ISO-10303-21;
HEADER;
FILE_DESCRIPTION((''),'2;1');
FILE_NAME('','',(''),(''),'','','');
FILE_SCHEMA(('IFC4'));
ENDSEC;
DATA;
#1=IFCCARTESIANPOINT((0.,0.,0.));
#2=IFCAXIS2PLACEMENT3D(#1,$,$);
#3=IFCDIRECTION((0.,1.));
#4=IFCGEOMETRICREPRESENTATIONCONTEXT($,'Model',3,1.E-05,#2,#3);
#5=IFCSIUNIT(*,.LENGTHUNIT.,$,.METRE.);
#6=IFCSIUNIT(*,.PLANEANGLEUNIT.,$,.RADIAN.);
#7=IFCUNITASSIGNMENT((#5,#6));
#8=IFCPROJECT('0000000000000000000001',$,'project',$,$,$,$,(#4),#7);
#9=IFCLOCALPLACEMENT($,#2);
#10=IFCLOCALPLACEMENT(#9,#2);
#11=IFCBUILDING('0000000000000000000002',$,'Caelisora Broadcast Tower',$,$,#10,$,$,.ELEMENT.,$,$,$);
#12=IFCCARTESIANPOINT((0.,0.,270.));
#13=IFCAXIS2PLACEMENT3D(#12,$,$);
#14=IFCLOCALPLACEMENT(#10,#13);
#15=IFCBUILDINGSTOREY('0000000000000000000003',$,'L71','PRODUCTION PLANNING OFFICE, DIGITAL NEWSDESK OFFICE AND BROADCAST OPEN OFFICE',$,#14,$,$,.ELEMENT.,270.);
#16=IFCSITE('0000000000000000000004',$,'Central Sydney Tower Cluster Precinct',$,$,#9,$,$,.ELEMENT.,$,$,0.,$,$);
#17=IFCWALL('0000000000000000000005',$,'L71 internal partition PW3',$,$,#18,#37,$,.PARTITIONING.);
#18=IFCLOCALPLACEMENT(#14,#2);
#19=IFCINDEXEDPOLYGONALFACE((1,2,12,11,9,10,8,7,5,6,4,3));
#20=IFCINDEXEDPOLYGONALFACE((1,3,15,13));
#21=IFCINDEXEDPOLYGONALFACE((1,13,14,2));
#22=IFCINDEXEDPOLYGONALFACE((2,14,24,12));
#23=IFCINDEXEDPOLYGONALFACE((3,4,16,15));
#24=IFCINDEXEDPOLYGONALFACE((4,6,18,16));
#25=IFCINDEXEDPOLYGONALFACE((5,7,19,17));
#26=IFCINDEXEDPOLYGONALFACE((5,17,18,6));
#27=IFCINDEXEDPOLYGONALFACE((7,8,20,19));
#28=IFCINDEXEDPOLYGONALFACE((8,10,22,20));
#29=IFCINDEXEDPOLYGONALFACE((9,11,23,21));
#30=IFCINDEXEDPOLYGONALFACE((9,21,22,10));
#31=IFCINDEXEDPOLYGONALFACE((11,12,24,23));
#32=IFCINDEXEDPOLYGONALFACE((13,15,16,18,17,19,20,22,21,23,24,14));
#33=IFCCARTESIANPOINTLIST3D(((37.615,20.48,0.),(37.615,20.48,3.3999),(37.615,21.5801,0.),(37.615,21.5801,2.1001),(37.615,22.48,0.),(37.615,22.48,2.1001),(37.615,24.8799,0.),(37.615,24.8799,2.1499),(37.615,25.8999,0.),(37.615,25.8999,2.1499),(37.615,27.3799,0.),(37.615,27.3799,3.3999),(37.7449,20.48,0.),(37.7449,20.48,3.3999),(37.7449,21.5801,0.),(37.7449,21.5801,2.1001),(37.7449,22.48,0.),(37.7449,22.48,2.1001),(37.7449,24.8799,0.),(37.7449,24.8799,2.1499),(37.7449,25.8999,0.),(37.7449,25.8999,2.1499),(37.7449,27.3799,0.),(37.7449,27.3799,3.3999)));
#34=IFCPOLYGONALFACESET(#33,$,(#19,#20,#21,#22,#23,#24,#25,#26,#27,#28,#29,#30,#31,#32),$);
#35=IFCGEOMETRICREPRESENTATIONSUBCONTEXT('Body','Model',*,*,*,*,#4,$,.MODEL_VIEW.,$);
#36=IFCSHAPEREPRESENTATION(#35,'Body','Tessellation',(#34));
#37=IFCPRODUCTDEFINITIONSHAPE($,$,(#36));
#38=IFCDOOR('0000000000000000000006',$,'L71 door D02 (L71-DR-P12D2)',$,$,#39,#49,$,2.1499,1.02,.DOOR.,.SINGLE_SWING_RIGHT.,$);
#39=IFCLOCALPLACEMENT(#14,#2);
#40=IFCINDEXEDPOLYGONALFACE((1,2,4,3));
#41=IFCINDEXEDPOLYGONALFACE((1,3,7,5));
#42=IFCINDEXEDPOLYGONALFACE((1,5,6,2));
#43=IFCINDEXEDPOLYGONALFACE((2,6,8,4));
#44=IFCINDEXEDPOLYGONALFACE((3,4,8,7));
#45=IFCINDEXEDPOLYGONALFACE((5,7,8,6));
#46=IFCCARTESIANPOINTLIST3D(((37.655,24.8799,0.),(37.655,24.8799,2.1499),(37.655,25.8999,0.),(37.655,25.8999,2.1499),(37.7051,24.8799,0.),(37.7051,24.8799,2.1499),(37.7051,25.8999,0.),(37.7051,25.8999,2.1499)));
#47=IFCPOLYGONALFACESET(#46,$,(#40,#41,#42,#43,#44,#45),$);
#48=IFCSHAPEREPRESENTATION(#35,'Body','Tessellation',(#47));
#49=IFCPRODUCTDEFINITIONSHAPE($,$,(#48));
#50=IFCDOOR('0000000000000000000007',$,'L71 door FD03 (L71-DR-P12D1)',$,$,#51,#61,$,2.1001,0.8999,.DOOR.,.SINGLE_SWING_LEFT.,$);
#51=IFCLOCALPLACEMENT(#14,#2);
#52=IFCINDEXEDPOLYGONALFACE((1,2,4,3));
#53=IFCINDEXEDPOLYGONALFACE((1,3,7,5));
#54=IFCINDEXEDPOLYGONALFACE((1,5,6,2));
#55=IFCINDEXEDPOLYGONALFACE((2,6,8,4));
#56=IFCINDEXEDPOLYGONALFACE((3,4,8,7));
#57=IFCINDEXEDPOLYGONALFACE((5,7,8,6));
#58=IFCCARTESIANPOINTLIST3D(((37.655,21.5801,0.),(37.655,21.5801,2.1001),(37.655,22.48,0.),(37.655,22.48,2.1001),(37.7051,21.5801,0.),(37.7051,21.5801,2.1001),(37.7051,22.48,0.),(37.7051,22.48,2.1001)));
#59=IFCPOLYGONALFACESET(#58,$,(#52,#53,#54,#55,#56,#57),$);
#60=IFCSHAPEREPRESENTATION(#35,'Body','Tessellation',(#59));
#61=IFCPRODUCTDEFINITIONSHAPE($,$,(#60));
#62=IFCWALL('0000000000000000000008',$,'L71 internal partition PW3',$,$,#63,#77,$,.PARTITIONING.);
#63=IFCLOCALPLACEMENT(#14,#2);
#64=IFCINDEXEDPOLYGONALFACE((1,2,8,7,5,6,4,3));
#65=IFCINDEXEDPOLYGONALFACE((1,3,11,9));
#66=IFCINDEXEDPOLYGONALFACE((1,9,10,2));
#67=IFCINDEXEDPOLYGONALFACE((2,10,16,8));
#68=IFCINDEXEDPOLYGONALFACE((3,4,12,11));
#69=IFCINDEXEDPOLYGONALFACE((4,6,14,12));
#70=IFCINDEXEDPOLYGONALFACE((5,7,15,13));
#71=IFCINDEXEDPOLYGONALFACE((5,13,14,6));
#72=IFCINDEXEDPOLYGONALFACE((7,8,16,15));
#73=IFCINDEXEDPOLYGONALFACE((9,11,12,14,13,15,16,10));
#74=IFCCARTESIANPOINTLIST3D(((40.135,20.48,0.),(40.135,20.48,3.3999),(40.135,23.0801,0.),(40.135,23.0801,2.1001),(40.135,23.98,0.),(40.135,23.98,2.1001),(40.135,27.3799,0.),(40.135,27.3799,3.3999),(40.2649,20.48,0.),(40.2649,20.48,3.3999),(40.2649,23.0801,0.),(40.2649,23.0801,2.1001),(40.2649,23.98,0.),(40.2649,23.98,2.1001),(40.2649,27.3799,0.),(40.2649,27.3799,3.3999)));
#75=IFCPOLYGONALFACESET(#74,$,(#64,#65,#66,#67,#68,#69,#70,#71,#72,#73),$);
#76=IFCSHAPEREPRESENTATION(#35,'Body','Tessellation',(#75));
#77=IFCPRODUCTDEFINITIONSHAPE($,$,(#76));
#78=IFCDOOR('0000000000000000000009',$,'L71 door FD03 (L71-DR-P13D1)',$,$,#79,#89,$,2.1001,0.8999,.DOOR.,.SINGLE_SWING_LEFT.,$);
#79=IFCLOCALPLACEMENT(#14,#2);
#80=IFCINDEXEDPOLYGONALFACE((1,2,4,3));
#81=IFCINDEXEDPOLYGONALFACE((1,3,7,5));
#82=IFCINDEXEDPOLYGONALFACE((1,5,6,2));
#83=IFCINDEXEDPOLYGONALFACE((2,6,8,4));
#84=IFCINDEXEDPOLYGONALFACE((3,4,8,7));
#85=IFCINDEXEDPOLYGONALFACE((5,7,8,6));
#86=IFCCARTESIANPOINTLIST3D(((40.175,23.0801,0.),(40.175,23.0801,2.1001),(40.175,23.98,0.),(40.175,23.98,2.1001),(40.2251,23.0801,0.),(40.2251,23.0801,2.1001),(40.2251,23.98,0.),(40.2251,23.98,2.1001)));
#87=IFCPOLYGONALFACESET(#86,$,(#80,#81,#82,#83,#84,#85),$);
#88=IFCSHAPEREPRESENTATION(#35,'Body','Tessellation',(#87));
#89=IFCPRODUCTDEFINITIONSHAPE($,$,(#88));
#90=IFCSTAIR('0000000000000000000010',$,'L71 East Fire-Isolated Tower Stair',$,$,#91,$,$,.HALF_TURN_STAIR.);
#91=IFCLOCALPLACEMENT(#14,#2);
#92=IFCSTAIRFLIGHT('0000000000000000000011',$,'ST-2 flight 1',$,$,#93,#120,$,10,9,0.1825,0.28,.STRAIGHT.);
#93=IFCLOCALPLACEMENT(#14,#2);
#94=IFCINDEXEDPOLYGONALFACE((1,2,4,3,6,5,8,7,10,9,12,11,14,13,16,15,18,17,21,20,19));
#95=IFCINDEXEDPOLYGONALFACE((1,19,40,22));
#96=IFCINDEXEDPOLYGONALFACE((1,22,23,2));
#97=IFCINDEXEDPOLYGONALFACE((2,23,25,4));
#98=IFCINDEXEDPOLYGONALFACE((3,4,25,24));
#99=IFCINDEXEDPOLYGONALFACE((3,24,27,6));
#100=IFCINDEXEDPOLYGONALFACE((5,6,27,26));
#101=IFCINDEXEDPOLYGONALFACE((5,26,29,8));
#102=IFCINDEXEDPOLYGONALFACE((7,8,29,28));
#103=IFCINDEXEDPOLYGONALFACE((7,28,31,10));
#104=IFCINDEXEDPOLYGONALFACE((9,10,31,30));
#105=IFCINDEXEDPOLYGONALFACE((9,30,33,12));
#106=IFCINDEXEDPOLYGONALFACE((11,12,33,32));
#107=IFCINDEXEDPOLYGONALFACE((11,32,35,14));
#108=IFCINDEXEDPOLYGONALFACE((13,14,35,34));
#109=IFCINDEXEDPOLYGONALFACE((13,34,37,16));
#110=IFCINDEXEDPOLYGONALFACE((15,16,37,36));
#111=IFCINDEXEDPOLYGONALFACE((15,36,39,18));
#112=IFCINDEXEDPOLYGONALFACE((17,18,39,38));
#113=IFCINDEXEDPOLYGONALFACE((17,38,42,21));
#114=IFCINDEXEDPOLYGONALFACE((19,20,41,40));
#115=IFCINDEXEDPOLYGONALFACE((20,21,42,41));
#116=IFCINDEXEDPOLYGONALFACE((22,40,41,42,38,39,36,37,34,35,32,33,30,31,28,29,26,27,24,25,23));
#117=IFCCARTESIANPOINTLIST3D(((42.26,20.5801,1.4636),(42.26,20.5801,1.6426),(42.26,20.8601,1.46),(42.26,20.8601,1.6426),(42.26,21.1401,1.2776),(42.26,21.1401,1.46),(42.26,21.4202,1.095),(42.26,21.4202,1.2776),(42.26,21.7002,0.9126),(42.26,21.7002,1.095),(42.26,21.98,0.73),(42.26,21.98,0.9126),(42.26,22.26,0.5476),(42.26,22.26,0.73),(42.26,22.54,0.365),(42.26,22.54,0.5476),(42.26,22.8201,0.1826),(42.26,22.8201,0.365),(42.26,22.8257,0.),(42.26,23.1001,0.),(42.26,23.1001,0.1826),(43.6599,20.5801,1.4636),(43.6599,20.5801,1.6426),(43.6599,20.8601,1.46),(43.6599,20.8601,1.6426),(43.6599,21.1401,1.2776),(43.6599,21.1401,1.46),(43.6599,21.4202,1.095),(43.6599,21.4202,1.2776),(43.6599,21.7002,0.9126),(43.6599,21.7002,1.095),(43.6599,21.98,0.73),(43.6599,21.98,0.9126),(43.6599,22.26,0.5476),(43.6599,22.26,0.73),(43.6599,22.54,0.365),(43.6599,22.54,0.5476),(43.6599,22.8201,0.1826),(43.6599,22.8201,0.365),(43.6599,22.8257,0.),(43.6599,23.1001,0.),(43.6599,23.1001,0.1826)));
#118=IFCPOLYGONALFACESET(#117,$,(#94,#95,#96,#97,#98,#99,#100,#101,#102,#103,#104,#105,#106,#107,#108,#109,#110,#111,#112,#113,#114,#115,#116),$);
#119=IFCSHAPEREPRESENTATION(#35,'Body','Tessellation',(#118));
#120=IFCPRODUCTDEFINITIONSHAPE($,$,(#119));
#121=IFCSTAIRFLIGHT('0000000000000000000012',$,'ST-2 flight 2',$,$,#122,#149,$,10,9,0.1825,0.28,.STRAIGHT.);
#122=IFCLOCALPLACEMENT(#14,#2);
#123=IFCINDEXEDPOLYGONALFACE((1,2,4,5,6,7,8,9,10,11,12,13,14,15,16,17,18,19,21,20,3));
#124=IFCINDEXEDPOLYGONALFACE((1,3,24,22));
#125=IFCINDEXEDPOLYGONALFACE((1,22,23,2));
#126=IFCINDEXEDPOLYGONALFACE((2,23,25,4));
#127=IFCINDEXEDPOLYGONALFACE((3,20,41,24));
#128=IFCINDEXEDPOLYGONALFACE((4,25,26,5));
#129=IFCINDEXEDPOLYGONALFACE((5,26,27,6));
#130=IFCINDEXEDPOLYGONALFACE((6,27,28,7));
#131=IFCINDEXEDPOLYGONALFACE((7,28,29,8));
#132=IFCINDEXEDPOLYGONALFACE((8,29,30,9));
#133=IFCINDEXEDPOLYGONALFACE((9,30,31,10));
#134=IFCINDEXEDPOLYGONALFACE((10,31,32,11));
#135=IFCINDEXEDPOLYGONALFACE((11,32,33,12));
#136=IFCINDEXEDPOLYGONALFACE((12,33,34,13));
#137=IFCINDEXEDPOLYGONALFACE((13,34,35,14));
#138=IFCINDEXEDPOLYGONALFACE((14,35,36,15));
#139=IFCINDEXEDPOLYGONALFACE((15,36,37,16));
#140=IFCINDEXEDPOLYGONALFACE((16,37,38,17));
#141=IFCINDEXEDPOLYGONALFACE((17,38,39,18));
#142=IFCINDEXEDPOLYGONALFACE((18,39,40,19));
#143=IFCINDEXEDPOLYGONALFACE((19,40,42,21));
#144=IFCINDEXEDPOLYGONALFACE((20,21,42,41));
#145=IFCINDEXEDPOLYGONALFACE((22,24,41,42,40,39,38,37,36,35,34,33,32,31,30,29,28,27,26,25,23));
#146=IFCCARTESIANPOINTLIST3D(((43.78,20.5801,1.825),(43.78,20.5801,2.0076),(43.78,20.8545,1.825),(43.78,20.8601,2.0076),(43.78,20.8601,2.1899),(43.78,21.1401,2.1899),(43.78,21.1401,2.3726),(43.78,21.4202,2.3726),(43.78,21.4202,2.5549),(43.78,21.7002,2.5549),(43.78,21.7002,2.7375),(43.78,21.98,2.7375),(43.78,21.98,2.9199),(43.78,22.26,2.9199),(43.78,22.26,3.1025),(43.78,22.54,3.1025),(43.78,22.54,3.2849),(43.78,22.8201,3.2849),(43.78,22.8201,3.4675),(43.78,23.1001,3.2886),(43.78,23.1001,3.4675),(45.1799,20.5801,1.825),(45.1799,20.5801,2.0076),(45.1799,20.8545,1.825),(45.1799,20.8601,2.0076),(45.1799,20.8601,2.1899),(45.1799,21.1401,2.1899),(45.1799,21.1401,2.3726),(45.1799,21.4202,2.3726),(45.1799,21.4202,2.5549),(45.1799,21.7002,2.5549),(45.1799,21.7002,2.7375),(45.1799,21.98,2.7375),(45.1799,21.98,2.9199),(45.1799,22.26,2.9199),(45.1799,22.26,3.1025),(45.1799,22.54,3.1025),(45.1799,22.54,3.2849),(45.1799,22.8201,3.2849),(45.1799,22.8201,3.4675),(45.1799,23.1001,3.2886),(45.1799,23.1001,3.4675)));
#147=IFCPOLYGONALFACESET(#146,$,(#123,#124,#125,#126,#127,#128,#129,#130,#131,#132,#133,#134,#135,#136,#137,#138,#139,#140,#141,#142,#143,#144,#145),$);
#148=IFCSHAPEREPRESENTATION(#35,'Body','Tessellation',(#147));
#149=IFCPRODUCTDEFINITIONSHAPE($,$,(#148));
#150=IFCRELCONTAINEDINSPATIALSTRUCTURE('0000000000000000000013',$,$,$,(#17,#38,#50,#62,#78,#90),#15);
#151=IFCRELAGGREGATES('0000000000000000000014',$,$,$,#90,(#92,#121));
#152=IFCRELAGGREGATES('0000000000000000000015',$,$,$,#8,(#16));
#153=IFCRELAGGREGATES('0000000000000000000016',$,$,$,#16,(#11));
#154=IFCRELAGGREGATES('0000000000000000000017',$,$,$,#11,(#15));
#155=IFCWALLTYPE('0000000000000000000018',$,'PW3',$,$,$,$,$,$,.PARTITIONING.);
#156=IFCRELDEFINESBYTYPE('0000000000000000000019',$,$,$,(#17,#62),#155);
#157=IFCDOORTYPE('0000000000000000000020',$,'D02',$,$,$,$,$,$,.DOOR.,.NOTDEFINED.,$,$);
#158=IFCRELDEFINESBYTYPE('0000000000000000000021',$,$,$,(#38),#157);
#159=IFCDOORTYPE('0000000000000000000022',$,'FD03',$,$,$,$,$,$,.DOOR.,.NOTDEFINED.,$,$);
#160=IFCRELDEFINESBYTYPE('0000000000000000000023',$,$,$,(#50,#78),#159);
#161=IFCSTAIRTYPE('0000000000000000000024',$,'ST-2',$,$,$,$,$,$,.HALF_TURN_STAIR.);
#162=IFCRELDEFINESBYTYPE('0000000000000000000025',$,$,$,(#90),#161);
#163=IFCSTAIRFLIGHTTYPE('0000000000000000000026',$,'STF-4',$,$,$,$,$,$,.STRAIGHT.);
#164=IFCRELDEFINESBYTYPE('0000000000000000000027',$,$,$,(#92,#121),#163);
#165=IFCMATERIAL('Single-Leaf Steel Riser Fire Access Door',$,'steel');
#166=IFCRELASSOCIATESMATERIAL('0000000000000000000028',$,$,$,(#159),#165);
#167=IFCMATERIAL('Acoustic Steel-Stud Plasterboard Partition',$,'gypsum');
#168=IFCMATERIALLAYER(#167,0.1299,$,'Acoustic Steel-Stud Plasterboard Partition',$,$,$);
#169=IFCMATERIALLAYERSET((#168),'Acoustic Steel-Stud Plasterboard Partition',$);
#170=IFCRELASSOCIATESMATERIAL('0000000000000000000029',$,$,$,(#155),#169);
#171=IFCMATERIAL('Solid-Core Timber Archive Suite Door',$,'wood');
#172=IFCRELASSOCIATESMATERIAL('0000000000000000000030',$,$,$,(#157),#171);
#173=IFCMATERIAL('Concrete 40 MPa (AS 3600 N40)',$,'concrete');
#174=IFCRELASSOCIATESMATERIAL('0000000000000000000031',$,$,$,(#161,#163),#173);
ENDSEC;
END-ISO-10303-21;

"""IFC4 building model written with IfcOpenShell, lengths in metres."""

from ifc_helpers import new_model, si_unit, direction, frame, frame_2d, origin, place, context, subcontext, project, spatial, polyline, rectangle, outline, extrude, material, layer, layer_set, type_object, element, fill, aggregate, save


model = new_model("IFC4")

# Units and contexts
model_context = context("Model", 3, precision=1e-05, world=origin(), true_north=direction((0.0, 1.0)))
body_context = subcontext(model_context, "Body", "Model", "MODEL_VIEW")
ifc_project = project(units=[si_unit("LENGTHUNIT", "METRE"), si_unit("PLANEANGLEUNIT", "RADIAN")], contexts=[model_context])

# Site, building, storey
site_placement = place(None, origin())
site = spatial("IfcSite", under=ifc_project, at=site_placement, Name="Central Sydney Tower Cluster Precinct", CompositionType="ELEMENT", RefElevation=0.0)
building_placement = place(site_placement, origin())
building = spatial("IfcBuilding", under=site, at=building_placement, Name="Caelisora Broadcast Tower", CompositionType="ELEMENT")
storey_placement = place(building_placement, frame((0.0, 0.0, 270.0)))
storey = spatial("IfcBuildingStorey", under=building, at=storey_placement, Name="L71", Description="PRODUCTION PLANNING OFFICE, DIGITAL NEWSDESK OFFICE AND BROADCAST OPEN OFFICE", CompositionType="ELEMENT", Elevation=270.0)

# Shared definitions
ifc_material_1 = material(Name="Single-Leaf Steel Riser Fire Access Door", Category="steel")
door_type_1 = type_object("IfcDoorType", Name="FD03", OperationType="NOTDEFINED", PredefinedType="DOOR", material=ifc_material_1)

# Wall, openings, doors
ifc_material_2 = material(Name="Acoustic Steel-Stud Plasterboard Partition", Category="gypsum")
ifc_layer_1 = layer(ifc_material_2, 0.1299, Name="Acoustic Steel-Stud Plasterboard Partition")
ifc_layer_set_1 = layer_set([ifc_layer_1], Name="Acoustic Steel-Stud Plasterboard Partition")
wall_type_1 = type_object("IfcWallType", Name="PW3", PredefinedType="PARTITIONING", material=ifc_layer_set_1)
wall_1_placement = place(storey_placement, frame((37.6799, 20.48, 0.0), z_axis=(0.0, 0.0, 1.0), x_axis=(0.0, 1.0, 0.0)))
wall_1 = element("IfcWall", 1, at=wall_1_placement, inside=storey, type_object=wall_type_1, Name="L71 internal partition PW3", PredefinedType="PARTITIONING", context=body_context, shape_type="SweptSolid", body=[
    extrude(rectangle(XDim=6.8999, YDim=0.1299, at=frame_2d((3.45, 0.0))), origin(), (0.0, 0.0, 1.0), 3.3999),
])
opening_1_placement = place(wall_1_placement, frame((1.1001, 0.0, 0.0)))
opening_1 = element("IfcOpeningElement", 2, at=opening_1_placement, cuts=wall_1, PredefinedType="OPENING", context=body_context, shape_type="SweptSolid", body=[
    extrude(rectangle(XDim=0.8999, YDim=2.1001, at=frame_2d((0.45, 1.05))), frame((0.0, 0.0769, 0.0), z_axis=(0.0, -1.0, 0.0), x_axis=(1.0, 0.0, 0.0)), (0.0, 0.0, 1.0), 0.1538),
])
opening_2_placement = place(wall_1_placement, frame((4.3999, 0.0, 0.0)))
opening_2 = element("IfcOpeningElement", 3, at=opening_2_placement, cuts=wall_1, PredefinedType="OPENING", context=body_context, shape_type="SweptSolid", body=[
    extrude(rectangle(XDim=1.02, YDim=2.1499, at=frame_2d((0.51, 1.075))), frame((0.0, 0.0769, 0.0), z_axis=(0.0, -1.0, 0.0), x_axis=(1.0, 0.0, 0.0)), (0.0, 0.0, 1.0), 0.1538),
])
ifc_material_3 = material(Name="Solid-Core Timber Archive Suite Door", Category="wood")
door_type_2 = type_object("IfcDoorType", Name="D02", OperationType="NOTDEFINED", PredefinedType="DOOR", material=ifc_material_3)
door_1_placement = place(opening_2_placement, origin())
door_1 = element("IfcDoor", 4, at=door_1_placement, inside=storey, type_object=door_type_2, Name="L71 door D02 (L71-DR-P12D2)", OperationType="SINGLE_SWING_RIGHT", OverallHeight=2.1499, OverallWidth=1.02, PredefinedType="DOOR", context=body_context, shape_type="SweptSolid", body=[
    extrude(rectangle(XDim=1.02, YDim=2.1499, at=frame_2d((0.51, 1.075))), frame((0.0, 0.0249, 0.0), z_axis=(0.0, -1.0, 0.0), x_axis=(1.0, 0.0, 0.0)), (0.0, 0.0, 1.0), 0.05),
])
fill(opening_2, door_1)
door_2_placement = place(opening_1_placement, origin())
door_2 = element("IfcDoor", 5, at=door_2_placement, inside=storey, type_object=door_type_1, Name="L71 door FD03 (L71-DR-P12D1)", OperationType="SINGLE_SWING_LEFT", OverallHeight=2.1001, OverallWidth=0.8999, PredefinedType="DOOR", context=body_context, shape_type="SweptSolid", body=[
    extrude(rectangle(XDim=0.8999, YDim=2.1001, at=frame_2d((0.45, 1.05))), frame((0.0, 0.0249, 0.0), z_axis=(0.0, -1.0, 0.0), x_axis=(1.0, 0.0, 0.0)), (0.0, 0.0, 1.0), 0.05),
])
fill(opening_1, door_2)

# Wall, opening, door
wall_2_placement = place(storey_placement, frame((40.2, 20.48, 0.0), z_axis=(0.0, 0.0, 1.0), x_axis=(0.0, 1.0, 0.0)))
wall_2 = element("IfcWall", 6, at=wall_2_placement, inside=storey, type_object=wall_type_1, Name="L71 internal partition PW3", PredefinedType="PARTITIONING", context=body_context, shape_type="SweptSolid", body=[
    extrude(rectangle(XDim=6.8999, YDim=0.1299, at=frame_2d((3.45, 0.0))), origin(), (0.0, 0.0, 1.0), 3.3999),
])
opening_3_placement = place(wall_2_placement, frame((2.6001, 0.0, 0.0)))
opening_3 = element("IfcOpeningElement", 7, at=opening_3_placement, cuts=wall_2, PredefinedType="OPENING", context=body_context, shape_type="SweptSolid", body=[
    extrude(rectangle(XDim=0.8999, YDim=2.1001, at=frame_2d((0.45, 1.05))), frame((0.0, 0.0769, 0.0), z_axis=(0.0, -1.0, 0.0), x_axis=(1.0, 0.0, 0.0)), (0.0, 0.0, 1.0), 0.1538),
])
door_3_placement = place(opening_3_placement, origin())
door_3 = element("IfcDoor", 8, at=door_3_placement, inside=storey, type_object=door_type_1, Name="L71 door FD03 (L71-DR-P13D1)", OperationType="SINGLE_SWING_LEFT", OverallHeight=2.1001, OverallWidth=0.8999, PredefinedType="DOOR", context=body_context, shape_type="SweptSolid", body=[
    extrude(rectangle(XDim=0.8999, YDim=2.1001, at=frame_2d((0.45, 1.05))), frame((0.0, 0.0249, 0.0), z_axis=(0.0, -1.0, 0.0), x_axis=(1.0, 0.0, 0.0)), (0.0, 0.0, 1.0), 0.05),
])
fill(opening_3, door_3)

# Stair, stair flights
ifc_material_4 = material(Name="Concrete 40 MPa (AS 3600 N40)", Category="concrete")
stair_type = type_object("IfcStairType", Name="ST-2", PredefinedType="HALF_TURN_STAIR", material=ifc_material_4)
stair_placement = place(storey_placement, origin())
stair = element("IfcStair", 9, at=stair_placement, inside=storey, type_object=stair_type, Name="L71 East Fire-Isolated Tower Stair", PredefinedType="HALF_TURN_STAIR")
stair_flight_type = type_object("IfcStairFlightType", Name="STF-4", PredefinedType="STRAIGHT", material=ifc_material_4)
stair_flight_1_placement = place(storey_placement, frame((42.96, 23.1001, 0.0), z_axis=(0.0, 0.0, 1.0), x_axis=(0.0, -1.0, 0.0)))
stair_flight_1 = element("IfcStairFlight", 10, at=stair_flight_1_placement, type_object=stair_flight_type, Name="ST-2 flight 1", NumberOfRisers=10, NumberOfTreads=9, PredefinedType="STRAIGHT", RiserHeight=0.1825, TreadLength=0.28, context=body_context, shape_type="SweptSolid", body=[
    extrude(outline(polyline([(0.0, 0.0), (0.0, 0.1826), (0.28, 0.1826), (0.28, 0.365), (0.5601, 0.365), (0.5601, 0.5476), (0.8401, 0.5476), (0.8401, 0.73), (1.1201, 0.73), (1.1201, 0.9126), (1.3999, 0.9126), (1.3999, 1.095), (1.6799, 1.095), (1.6799, 1.2776), (1.96, 1.2776), (1.96, 1.46), (2.24, 1.46), (2.24, 1.6426), (2.52, 1.6426), (2.52, 1.825), (2.52, 1.4636), (0.2744, 0.0), (0.0, 0.0)])), frame((0.0, 0.7, 0.0), z_axis=(0.0, -1.0, 0.0), x_axis=(1.0, 0.0, 0.0)), (0.0, 0.0, 1.0), 1.3999),
])
stair_flight_2_placement = place(storey_placement, frame((44.48, 20.5801, 1.825), z_axis=(0.0, 0.0, 1.0), x_axis=(0.0, 1.0, 0.0)))
stair_flight_2 = element("IfcStairFlight", 11, at=stair_flight_2_placement, type_object=stair_flight_type, Name="ST-2 flight 2", NumberOfRisers=10, NumberOfTreads=9, PredefinedType="STRAIGHT", RiserHeight=0.1825, TreadLength=0.28, context=body_context, shape_type="SweptSolid", body=[
    extrude(outline(polyline([(0.0, 0.0), (0.0, 0.1826), (0.28, 0.1826), (0.28, 0.365), (0.5601, 0.365), (0.5601, 0.5476), (0.8401, 0.5476), (0.8401, 0.73), (1.1201, 0.73), (1.1201, 0.9126), (1.3999, 0.9126), (1.3999, 1.095), (1.6799, 1.095), (1.6799, 1.2776), (1.96, 1.2776), (1.96, 1.46), (2.24, 1.46), (2.24, 1.6426), (2.52, 1.6426), (2.52, 1.825), (2.52, 1.4636), (0.2744, 0.0), (0.0, 0.0)])), frame((0.0, 0.7, 0.0), z_axis=(0.0, -1.0, 0.0), x_axis=(1.0, 0.0, 0.0)), (0.0, 0.0, 1.0), 1.3999),
])
aggregate(stair, [stair_flight_1, stair_flight_2])

save(model, "model.ifc")
